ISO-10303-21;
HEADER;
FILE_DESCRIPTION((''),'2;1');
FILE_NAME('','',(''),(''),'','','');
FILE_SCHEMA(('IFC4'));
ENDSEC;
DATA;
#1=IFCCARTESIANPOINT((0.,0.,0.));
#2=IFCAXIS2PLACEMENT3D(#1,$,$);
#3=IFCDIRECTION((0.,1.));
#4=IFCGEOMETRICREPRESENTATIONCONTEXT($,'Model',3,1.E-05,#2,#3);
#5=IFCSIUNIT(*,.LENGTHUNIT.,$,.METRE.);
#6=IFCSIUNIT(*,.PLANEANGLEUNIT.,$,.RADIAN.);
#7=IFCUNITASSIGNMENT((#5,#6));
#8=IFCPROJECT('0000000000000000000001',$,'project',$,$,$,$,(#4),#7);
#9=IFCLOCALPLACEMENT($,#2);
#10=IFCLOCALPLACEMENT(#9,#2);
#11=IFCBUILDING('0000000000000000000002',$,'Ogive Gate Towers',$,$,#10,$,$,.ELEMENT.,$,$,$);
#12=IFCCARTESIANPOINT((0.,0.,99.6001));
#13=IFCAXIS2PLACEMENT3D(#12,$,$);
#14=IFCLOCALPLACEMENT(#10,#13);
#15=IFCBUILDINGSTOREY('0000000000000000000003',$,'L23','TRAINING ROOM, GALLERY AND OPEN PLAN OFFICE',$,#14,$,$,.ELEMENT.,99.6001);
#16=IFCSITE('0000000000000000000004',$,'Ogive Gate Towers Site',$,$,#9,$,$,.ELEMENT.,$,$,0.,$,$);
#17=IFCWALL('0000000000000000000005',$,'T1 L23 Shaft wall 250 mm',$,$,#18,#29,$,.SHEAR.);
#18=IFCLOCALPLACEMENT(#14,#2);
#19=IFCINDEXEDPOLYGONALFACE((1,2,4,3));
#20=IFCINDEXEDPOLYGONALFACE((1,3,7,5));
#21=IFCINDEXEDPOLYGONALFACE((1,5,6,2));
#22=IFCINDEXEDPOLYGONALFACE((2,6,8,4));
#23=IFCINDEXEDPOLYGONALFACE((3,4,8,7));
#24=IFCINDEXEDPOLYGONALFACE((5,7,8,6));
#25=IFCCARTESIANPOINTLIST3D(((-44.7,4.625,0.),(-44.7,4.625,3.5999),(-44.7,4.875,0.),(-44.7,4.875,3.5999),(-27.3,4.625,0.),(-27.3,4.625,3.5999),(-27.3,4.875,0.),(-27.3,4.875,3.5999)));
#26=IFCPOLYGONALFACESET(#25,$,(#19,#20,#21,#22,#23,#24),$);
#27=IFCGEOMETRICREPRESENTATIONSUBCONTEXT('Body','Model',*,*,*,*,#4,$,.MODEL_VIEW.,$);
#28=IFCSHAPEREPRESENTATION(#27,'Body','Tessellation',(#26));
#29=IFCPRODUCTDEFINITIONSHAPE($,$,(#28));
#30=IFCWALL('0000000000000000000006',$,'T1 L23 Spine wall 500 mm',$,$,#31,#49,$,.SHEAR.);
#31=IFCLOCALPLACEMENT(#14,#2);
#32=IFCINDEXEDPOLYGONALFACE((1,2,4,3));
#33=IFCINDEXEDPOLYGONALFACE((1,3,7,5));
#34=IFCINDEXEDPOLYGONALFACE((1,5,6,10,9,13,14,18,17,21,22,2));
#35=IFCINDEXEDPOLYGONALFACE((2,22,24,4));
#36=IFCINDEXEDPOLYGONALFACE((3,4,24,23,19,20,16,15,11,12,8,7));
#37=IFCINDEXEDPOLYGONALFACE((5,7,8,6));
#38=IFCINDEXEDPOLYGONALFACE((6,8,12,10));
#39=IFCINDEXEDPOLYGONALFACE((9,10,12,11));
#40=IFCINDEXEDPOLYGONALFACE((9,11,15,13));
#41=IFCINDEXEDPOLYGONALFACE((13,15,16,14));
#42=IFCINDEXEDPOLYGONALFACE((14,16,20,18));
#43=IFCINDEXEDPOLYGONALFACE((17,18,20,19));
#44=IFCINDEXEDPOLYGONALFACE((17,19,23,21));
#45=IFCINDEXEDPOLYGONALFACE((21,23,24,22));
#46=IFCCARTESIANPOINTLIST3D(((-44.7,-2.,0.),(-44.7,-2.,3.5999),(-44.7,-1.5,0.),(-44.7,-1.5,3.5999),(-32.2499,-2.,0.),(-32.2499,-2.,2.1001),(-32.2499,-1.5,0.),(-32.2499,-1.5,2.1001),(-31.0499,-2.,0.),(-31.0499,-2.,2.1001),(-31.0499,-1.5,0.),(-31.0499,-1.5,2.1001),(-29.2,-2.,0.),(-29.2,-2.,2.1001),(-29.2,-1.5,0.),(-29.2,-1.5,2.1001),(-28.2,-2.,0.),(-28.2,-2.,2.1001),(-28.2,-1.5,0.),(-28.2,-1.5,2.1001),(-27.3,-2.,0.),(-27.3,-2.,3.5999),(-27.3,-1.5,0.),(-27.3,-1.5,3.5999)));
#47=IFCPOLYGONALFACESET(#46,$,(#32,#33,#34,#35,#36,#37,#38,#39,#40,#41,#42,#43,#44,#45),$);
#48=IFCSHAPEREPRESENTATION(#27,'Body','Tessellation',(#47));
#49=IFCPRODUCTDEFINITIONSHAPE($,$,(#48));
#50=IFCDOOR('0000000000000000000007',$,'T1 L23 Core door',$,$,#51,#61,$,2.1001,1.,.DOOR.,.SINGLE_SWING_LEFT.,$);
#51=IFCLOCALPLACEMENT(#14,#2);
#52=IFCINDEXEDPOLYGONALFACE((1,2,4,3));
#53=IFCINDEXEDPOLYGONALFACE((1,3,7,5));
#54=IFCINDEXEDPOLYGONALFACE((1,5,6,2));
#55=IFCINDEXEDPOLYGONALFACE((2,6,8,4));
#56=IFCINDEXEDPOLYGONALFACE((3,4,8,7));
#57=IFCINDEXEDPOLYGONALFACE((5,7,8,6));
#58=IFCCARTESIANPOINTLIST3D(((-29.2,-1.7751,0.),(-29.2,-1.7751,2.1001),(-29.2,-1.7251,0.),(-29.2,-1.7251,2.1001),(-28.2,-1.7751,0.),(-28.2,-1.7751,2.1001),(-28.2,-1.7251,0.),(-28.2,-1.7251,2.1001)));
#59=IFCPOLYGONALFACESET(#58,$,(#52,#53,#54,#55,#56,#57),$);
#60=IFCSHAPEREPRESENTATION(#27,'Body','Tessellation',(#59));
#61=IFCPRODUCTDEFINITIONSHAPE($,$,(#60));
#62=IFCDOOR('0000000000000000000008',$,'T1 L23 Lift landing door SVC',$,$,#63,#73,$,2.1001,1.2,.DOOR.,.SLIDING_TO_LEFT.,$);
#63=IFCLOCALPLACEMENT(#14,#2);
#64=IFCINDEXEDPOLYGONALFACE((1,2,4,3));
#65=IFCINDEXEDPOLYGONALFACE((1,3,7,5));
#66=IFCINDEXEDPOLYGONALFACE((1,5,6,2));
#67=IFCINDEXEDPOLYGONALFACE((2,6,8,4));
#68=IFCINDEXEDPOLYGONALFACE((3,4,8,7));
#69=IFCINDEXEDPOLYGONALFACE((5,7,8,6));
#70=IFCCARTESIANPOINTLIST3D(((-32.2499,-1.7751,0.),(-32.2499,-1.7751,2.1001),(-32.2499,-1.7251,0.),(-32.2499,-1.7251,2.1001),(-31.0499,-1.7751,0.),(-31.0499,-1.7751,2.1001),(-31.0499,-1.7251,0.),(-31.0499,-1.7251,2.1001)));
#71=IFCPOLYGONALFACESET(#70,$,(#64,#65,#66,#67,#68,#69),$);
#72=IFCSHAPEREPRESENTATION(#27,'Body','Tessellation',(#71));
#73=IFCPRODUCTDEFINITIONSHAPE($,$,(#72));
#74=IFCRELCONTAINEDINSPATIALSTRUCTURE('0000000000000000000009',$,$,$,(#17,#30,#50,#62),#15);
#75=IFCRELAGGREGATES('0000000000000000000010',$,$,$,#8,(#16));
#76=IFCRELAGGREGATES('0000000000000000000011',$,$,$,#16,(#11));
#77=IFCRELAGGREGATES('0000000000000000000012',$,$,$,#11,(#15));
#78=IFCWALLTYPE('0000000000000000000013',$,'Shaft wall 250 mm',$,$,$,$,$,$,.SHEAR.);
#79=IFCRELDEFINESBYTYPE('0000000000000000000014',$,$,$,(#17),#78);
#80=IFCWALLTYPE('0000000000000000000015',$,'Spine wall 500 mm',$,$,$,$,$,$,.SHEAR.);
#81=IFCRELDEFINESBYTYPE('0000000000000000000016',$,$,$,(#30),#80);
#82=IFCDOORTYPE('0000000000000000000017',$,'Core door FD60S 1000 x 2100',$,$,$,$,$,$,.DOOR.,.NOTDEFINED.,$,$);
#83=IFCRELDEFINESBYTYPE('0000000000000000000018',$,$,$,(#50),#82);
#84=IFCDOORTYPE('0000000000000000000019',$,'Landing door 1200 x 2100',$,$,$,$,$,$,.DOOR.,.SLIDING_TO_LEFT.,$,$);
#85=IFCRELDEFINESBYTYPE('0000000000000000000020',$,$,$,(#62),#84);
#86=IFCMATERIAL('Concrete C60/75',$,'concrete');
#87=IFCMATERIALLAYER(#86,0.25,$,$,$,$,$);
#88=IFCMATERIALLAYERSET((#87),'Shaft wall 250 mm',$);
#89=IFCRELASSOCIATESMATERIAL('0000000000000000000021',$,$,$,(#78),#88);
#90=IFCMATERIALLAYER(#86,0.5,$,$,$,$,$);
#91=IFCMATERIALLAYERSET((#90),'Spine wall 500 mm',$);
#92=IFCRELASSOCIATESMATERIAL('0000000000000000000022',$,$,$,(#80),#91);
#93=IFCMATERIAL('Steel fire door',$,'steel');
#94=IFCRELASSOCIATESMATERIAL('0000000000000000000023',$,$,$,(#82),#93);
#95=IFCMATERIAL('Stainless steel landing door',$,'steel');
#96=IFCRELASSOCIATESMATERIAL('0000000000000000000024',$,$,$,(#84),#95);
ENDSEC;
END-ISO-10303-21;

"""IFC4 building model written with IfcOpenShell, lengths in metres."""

from ifc_helpers import new_model, si_unit, direction, frame, frame_2d, origin, place, context, subcontext, project, spatial, rectangle, extrude, material, layer, layer_set, type_object, element, fill, save


model = new_model("IFC4")

# Units and contexts
model_context = context("Model", 3, precision=1e-05, world=origin(), true_north=direction((0.0, 1.0)))
body_context = subcontext(model_context, "Body", "Model", "MODEL_VIEW")
ifc_project = project(units=[si_unit("LENGTHUNIT", "METRE"), si_unit("PLANEANGLEUNIT", "RADIAN")], contexts=[model_context])

# Site, building, storey
site_placement = place(None, origin())
site = spatial("IfcSite", under=ifc_project, at=site_placement, Name="Ogive Gate Towers Site", CompositionType="ELEMENT", RefElevation=0.0)
building_placement = place(site_placement, origin())
building = spatial("IfcBuilding", under=site, at=building_placement, Name="Ogive Gate Towers", CompositionType="ELEMENT")
storey_placement = place(building_placement, frame((0.0, 0.0, 99.6001)))
storey = spatial("IfcBuildingStorey", under=building, at=storey_placement, Name="L23", Description="TRAINING ROOM, GALLERY AND OPEN PLAN OFFICE", CompositionType="ELEMENT", Elevation=99.6001)

# Wall
ifc_material_1 = material(Name="Concrete C60/75", Category="concrete")
ifc_layer_1 = layer(ifc_material_1, 0.25)
ifc_layer_set_1 = layer_set([ifc_layer_1], Name="Shaft wall 250 mm")
wall_type_1 = type_object("IfcWallType", Name="Shaft wall 250 mm", PredefinedType="SHEAR", material=ifc_layer_set_1)
wall_1_placement = place(storey_placement, frame((-44.7, 4.75, 0.0), z_axis=(0.0, 0.0, 1.0), x_axis=(1.0, 0.0, 0.0)))
element("IfcWall", 1, at=wall_1_placement, inside=storey, type_object=wall_type_1, Name="T1 L23 Shaft wall 250 mm", PredefinedType="SHEAR", context=body_context, shape_type="SweptSolid", body=[
    extrude(rectangle(XDim=17.3999, YDim=0.25, at=frame_2d((8.7, 0.0))), origin(), (0.0, 0.0, 1.0), 3.5999),
])

# Wall, openings, doors
ifc_layer_2 = layer(ifc_material_1, 0.5)
ifc_layer_set_2 = layer_set([ifc_layer_2], Name="Spine wall 500 mm")
wall_type_2 = type_object("IfcWallType", Name="Spine wall 500 mm", PredefinedType="SHEAR", material=ifc_layer_set_2)
wall_2_placement = place(storey_placement, frame((-44.7, -1.75, 0.0), z_axis=(0.0, 0.0, 1.0), x_axis=(1.0, 0.0, 0.0)))
wall_2 = element("IfcWall", 2, at=wall_2_placement, inside=storey, type_object=wall_type_2, Name="T1 L23 Spine wall 500 mm", PredefinedType="SHEAR", context=body_context, shape_type="SweptSolid", body=[
    extrude(rectangle(XDim=17.3999, YDim=0.5, at=frame_2d((8.7, 0.0))), origin(), (0.0, 0.0, 1.0), 3.5999),
])
opening_1_placement = place(wall_2_placement, frame((12.45, 0.0, 0.0)))
opening_1 = element("IfcOpeningElement", 3, at=opening_1_placement, cuts=wall_2, PredefinedType="OPENING", context=body_context, shape_type="SweptSolid", body=[
    extrude(rectangle(XDim=1.2, YDim=2.1001, at=frame_2d((0.6001, 1.05))), frame((0.0, 0.26, 0.0), z_axis=(0.0, -1.0, 0.0), x_axis=(1.0, 0.0, 0.0)), (0.0, 0.0, 1.0), 0.52),
])
opening_2_placement = place(wall_2_placement, frame((15.5, 0.0, 0.0)))
opening_2 = element("IfcOpeningElement", 4, at=opening_2_placement, cuts=wall_2, PredefinedType="OPENING", context=body_context, shape_type="SweptSolid", body=[
    extrude(rectangle(XDim=1.0, YDim=2.1001, at=frame_2d((0.5, 1.05))), frame((0.0, 0.26, 0.0), z_axis=(0.0, -1.0, 0.0), x_axis=(1.0, 0.0, 0.0)), (0.0, 0.0, 1.0), 0.52),
])
ifc_material_2 = material(Name="Steel fire door", Category="steel")
door_type_1 = type_object("IfcDoorType", Name="Core door FD60S 1000 x 2100", OperationType="NOTDEFINED", PredefinedType="DOOR", material=ifc_material_2)
door_1_placement = place(opening_2_placement, origin())
door_1 = element("IfcDoor", 5, at=door_1_placement, inside=storey, type_object=door_type_1, Name="T1 L23 Core door", OperationType="SINGLE_SWING_LEFT", OverallHeight=2.1001, OverallWidth=1.0, PredefinedType="DOOR", context=body_context, shape_type="SweptSolid", body=[
    extrude(rectangle(XDim=1.0, YDim=2.1001, at=frame_2d((0.5, 1.05))), frame((0.0, 0.0249, 0.0), z_axis=(0.0, -1.0, 0.0), x_axis=(1.0, 0.0, 0.0)), (0.0, 0.0, 1.0), 0.05),
])
fill(opening_2, door_1)
ifc_material_3 = material(Name="Stainless steel landing door", Category="steel")
door_type_2 = type_object("IfcDoorType", Name="Landing door 1200 x 2100", OperationType="SLIDING_TO_LEFT", PredefinedType="DOOR", material=ifc_material_3)
door_2_placement = place(opening_1_placement, origin())
door_2 = element("IfcDoor", 6, at=door_2_placement, inside=storey, type_object=door_type_2, Name="T1 L23 Lift landing door SVC", OperationType="SLIDING_TO_LEFT", OverallHeight=2.1001, OverallWidth=1.2, PredefinedType="DOOR", context=body_context, shape_type="SweptSolid", body=[
    extrude(rectangle(XDim=1.2, YDim=2.1001, at=frame_2d((0.6001, 1.05))), frame((0.0, 0.0249, 0.0), z_axis=(0.0, -1.0, 0.0), x_axis=(1.0, 0.0, 0.0)), (0.0, 0.0, 1.0), 0.05),
])
fill(opening_1, door_2)

save(model, "model.ifc")
